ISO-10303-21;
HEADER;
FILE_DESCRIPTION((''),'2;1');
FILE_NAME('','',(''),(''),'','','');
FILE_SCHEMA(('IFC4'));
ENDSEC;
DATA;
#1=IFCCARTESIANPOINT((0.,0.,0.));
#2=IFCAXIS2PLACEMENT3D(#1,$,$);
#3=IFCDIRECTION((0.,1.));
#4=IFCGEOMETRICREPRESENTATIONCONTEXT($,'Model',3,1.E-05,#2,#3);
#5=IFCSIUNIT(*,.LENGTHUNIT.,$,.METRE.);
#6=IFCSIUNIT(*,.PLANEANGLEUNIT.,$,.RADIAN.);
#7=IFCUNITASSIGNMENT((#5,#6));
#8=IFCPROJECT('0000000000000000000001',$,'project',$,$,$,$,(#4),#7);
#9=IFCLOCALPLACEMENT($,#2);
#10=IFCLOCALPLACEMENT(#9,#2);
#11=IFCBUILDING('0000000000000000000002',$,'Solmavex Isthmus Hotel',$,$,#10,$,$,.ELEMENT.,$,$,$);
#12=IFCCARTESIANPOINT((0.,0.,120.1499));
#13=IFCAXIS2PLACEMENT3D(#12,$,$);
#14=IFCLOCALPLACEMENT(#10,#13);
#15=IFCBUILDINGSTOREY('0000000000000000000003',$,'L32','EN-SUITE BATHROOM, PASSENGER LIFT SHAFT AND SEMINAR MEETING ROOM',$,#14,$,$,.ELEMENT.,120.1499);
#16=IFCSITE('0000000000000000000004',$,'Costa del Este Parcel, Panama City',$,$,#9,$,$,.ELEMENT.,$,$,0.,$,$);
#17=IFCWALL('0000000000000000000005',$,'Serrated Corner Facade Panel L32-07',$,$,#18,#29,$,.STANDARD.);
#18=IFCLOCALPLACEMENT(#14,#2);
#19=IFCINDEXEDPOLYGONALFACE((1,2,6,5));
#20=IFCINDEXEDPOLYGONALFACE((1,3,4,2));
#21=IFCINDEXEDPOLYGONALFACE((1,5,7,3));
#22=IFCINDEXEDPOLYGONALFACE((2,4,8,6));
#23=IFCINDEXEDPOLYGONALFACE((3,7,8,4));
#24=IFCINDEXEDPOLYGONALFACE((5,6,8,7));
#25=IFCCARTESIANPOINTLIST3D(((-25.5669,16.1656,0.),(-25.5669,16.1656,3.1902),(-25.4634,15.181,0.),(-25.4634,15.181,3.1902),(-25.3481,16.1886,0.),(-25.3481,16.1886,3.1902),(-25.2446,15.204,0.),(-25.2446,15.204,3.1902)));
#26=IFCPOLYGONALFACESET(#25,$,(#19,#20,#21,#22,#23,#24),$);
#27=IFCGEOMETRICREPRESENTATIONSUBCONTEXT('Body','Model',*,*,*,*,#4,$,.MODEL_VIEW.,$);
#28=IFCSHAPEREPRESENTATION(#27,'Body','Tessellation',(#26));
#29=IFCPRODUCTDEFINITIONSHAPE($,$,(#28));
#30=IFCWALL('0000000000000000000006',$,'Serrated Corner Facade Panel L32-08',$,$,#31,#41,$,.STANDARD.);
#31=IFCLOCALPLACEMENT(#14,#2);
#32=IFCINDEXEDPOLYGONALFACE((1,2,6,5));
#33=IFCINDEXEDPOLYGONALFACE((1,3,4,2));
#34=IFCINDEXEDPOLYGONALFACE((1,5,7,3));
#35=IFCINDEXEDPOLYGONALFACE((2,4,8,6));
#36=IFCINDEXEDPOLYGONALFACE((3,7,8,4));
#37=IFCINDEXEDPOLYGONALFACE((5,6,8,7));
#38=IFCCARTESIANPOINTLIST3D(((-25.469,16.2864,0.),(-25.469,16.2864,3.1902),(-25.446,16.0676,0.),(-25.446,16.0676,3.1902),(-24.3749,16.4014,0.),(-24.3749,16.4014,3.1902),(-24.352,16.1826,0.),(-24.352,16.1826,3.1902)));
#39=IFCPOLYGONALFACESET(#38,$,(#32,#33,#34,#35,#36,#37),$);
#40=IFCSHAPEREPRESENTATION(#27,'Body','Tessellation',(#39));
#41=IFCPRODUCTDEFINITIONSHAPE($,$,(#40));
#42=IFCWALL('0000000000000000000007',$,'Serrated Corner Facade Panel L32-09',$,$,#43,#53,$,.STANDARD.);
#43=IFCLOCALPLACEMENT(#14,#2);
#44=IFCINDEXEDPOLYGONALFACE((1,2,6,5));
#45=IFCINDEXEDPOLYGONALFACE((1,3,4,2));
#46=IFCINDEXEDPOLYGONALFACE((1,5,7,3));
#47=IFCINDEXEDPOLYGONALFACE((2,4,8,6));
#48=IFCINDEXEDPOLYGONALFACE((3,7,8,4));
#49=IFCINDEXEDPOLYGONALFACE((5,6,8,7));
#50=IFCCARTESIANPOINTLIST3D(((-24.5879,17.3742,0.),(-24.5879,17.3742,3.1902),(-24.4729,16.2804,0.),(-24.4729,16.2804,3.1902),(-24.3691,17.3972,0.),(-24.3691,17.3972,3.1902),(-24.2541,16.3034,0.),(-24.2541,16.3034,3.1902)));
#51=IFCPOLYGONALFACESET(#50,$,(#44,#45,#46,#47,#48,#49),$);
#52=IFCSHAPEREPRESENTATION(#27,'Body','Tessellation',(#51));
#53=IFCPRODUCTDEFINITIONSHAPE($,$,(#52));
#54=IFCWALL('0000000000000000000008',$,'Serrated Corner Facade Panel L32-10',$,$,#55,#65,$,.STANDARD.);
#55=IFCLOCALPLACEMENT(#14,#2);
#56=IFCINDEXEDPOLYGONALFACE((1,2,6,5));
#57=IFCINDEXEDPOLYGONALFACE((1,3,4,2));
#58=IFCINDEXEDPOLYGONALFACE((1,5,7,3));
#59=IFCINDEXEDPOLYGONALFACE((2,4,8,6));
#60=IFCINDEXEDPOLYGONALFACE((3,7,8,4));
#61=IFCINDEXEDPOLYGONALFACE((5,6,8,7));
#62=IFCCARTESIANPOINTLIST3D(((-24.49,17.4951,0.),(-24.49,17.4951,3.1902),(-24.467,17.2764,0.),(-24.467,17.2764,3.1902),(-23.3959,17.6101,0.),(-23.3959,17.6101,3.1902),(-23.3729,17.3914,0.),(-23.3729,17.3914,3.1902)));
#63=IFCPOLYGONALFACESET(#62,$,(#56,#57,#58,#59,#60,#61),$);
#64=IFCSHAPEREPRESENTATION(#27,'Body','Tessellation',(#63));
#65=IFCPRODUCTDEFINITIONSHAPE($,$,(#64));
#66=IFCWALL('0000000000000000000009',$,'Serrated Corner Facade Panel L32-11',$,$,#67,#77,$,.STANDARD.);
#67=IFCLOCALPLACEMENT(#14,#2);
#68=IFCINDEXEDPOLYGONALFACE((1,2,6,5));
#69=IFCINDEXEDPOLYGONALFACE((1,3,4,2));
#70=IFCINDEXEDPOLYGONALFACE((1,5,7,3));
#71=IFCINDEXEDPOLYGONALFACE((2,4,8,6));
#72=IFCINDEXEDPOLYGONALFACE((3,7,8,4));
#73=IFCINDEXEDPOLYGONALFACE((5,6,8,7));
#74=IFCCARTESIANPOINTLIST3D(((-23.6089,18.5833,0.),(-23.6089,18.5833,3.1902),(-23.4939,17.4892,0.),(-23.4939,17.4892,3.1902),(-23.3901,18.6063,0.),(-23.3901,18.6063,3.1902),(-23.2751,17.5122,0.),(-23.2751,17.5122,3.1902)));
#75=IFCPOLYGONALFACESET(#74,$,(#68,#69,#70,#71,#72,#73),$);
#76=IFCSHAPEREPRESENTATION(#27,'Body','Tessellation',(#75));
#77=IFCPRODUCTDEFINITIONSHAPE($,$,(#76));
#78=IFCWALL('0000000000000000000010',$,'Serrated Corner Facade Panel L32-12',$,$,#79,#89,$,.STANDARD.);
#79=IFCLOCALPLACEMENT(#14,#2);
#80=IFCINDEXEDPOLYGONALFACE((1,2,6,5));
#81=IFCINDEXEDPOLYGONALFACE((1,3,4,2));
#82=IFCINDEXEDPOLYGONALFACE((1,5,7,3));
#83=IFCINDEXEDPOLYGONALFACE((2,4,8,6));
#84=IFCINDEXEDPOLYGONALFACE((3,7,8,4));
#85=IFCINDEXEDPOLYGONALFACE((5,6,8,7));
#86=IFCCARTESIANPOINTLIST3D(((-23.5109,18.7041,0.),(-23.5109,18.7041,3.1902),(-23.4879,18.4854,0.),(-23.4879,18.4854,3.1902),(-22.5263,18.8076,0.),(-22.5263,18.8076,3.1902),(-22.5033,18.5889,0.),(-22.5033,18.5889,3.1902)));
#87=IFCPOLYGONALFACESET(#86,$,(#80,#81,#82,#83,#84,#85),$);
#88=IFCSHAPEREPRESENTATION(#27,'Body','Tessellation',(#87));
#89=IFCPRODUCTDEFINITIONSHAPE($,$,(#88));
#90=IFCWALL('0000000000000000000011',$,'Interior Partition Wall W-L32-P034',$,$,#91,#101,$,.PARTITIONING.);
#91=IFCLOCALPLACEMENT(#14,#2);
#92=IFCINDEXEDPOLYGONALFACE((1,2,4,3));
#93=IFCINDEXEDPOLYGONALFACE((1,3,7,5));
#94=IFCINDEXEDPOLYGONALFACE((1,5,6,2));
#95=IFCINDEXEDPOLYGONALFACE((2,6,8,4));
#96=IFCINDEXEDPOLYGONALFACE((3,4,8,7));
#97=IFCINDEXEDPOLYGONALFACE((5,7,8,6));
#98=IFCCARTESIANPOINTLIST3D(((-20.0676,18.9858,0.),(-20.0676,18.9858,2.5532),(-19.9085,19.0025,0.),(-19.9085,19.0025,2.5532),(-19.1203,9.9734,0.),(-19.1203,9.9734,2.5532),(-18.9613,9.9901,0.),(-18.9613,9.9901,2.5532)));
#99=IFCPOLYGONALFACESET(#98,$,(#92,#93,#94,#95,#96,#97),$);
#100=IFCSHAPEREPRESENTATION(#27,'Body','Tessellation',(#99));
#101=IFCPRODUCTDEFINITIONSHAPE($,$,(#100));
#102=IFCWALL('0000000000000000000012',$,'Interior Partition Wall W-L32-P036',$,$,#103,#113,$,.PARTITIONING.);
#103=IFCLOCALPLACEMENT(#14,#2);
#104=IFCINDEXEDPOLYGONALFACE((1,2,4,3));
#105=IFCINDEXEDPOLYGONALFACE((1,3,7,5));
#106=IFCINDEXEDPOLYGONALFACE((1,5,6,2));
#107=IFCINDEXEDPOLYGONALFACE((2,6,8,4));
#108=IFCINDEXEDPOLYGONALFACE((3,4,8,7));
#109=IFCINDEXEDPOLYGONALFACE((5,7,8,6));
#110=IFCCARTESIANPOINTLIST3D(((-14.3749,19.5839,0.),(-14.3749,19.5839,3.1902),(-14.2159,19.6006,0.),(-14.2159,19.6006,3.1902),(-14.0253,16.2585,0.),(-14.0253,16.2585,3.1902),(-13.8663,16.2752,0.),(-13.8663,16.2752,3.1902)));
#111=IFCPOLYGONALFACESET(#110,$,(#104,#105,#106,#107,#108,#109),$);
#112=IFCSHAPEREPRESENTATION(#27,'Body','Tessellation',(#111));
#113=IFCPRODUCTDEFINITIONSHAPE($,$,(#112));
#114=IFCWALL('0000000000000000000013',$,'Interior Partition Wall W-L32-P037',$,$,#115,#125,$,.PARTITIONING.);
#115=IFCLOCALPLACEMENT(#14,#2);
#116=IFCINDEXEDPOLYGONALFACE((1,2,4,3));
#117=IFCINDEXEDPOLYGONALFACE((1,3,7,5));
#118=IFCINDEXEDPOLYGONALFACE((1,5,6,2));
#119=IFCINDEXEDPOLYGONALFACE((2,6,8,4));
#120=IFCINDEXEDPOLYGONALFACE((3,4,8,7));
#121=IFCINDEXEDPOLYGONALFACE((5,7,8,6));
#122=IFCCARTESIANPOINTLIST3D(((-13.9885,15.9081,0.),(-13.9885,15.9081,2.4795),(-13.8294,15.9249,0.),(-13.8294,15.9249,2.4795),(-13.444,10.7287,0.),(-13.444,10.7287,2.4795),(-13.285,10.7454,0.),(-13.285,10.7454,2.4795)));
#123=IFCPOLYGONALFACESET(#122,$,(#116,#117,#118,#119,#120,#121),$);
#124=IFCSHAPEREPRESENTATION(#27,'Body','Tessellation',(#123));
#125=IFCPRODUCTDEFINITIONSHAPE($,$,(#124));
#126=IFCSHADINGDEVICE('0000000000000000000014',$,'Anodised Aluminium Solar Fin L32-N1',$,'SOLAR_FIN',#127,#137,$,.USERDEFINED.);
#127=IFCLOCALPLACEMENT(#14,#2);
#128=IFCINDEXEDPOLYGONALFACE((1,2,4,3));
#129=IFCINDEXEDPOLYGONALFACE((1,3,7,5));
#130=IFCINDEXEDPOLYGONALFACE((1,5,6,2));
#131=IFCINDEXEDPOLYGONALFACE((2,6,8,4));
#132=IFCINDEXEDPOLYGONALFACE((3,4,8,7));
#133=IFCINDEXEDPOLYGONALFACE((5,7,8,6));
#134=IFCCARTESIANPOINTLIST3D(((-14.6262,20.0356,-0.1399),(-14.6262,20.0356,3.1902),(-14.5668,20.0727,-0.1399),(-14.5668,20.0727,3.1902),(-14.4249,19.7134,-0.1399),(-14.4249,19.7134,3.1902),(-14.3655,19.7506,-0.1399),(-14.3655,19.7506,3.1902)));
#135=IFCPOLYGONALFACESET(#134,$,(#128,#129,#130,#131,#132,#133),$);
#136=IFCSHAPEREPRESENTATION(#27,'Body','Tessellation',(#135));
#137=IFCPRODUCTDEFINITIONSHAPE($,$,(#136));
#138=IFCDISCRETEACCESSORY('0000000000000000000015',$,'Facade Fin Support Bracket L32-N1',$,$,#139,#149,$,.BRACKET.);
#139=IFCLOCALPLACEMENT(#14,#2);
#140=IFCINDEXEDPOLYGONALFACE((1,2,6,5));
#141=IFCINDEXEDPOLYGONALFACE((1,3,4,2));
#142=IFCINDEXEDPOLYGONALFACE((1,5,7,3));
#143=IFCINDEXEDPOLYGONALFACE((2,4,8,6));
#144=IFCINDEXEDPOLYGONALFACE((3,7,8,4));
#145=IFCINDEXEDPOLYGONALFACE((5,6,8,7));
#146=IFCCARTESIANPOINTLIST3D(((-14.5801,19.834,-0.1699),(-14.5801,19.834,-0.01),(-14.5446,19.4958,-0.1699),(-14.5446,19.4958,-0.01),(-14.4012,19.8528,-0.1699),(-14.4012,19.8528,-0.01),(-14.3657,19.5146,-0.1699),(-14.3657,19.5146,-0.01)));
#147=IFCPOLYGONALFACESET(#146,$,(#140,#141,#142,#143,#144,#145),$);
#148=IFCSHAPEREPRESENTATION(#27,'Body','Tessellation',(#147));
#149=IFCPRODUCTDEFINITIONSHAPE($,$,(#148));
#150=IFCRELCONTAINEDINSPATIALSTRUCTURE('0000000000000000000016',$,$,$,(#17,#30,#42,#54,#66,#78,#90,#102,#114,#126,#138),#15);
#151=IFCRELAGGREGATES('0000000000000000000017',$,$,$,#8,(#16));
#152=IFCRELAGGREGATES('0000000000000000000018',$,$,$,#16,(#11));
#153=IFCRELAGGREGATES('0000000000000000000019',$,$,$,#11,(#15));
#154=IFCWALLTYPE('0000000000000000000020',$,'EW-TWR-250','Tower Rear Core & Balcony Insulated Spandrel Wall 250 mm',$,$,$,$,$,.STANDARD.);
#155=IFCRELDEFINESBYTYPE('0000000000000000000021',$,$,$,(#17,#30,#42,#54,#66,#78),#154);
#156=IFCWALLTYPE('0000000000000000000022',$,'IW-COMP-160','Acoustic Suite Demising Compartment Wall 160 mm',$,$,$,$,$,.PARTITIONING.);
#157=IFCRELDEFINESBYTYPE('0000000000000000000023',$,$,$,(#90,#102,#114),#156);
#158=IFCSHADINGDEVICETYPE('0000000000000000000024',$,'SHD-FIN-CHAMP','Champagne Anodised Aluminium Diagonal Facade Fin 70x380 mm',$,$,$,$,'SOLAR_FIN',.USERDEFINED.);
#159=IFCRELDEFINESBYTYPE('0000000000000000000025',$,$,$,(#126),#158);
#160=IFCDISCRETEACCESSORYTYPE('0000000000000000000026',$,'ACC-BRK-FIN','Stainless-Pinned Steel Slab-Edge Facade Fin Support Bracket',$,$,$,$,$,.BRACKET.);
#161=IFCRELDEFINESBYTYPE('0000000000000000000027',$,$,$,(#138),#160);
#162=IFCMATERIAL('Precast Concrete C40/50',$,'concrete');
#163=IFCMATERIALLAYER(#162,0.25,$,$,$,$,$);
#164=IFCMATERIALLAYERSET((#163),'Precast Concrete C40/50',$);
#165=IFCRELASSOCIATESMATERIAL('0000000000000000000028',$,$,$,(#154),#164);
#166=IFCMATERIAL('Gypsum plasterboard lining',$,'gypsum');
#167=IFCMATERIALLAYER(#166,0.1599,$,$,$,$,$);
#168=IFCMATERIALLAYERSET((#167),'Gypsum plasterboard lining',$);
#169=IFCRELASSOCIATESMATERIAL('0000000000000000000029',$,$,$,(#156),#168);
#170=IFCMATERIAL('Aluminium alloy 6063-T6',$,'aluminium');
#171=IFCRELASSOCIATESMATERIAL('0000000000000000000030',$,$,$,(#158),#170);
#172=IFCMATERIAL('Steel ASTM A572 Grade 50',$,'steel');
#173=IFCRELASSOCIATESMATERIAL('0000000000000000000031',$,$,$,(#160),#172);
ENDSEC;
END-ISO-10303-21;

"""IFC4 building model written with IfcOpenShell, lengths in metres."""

from ifc_helpers import new_model, si_unit, direction, frame, frame_2d, origin, origin_2d, place, context, subcontext, project, spatial, rectangle, extrude, material, layer, layer_set, type_object, element, save


model = new_model("IFC4")

# Units and contexts
model_context = context("Model", 3, precision=1e-05, world=origin(), true_north=direction((0.0, 1.0)))
body_context = subcontext(model_context, "Body", "Model", "MODEL_VIEW")
ifc_project = project(units=[si_unit("LENGTHUNIT", "METRE"), si_unit("PLANEANGLEUNIT", "RADIAN")], contexts=[model_context])

# Site, building, storey
site_placement = place(None, origin())
site = spatial("IfcSite", under=ifc_project, at=site_placement, Name="Costa del Este Parcel, Panama City", CompositionType="ELEMENT", RefElevation=0.0)
building_placement = place(site_placement, origin())
building = spatial("IfcBuilding", under=site, at=building_placement, Name="Solmavex Isthmus Hotel", CompositionType="ELEMENT")
storey_placement = place(building_placement, frame((0.0, 0.0, 120.1499)))
storey = spatial("IfcBuildingStorey", under=building, at=storey_placement, Name="L32", Description="EN-SUITE BATHROOM, PASSENGER LIFT SHAFT AND SEMINAR MEETING ROOM", CompositionType="ELEMENT", Elevation=120.1499)

# Shared definitions
ifc_material_1 = material(Name="Aluminium alloy 6063-T6", Category="aluminium")

# Walls
ifc_material_2 = material(Name="Precast Concrete C40/50", Category="concrete")
ifc_layer_1 = layer(ifc_material_2, 0.25)
ifc_layer_set_1 = layer_set([ifc_layer_1], Name="Precast Concrete C40/50")
wall_type_1 = type_object("IfcWallType", Name="EW-TWR-250", Description="Tower Rear Core & Balcony Insulated Spandrel Wall 250 mm", PredefinedType="STANDARD", material=ifc_layer_set_1)
wall_1_placement = place(storey_placement, frame((-25.354, 15.1924, 0.0), z_axis=(0.0, 0.0, 1.0), x_axis=(-0.104556, 0.994519, 0.0)))
element("IfcWall", 1, at=wall_1_placement, inside=storey, type_object=wall_type_1, Name="Serrated Corner Facade Panel L32-07", PredefinedType="STANDARD", context=body_context, shape_type="SweptSolid", body=[
    extrude(rectangle(XDim=0.99, YDim=0.22, at=frame_2d((0.4951, 0.0))), origin(), (0.0, 0.0, 1.0), 3.1902),
])
wall_2_placement = place(storey_placement, frame((-25.4575, 16.177, 0.0), z_axis=(0.0, 0.0, 1.0), x_axis=(0.994521, 0.104535, 0.0)))
element("IfcWall", 2, at=wall_2_placement, inside=storey, type_object=wall_type_1, Name="Serrated Corner Facade Panel L32-08", PredefinedType="STANDARD", context=body_context, shape_type="SweptSolid", body=[
    extrude(rectangle(XDim=1.1001, YDim=0.22, at=frame_2d((0.55, 0.0))), origin(), (0.0, 0.0, 1.0), 3.1902),
])
wall_3_placement = place(storey_placement, frame((-24.3635, 16.292, 0.0), z_axis=(0.0, 0.0, 1.0), x_axis=(-0.104558, 0.994519, 0.0)))
element("IfcWall", 3, at=wall_3_placement, inside=storey, type_object=wall_type_1, Name="Serrated Corner Facade Panel L32-09", PredefinedType="STANDARD", context=body_context, shape_type="SweptSolid", body=[
    extrude(rectangle(XDim=1.0999, YDim=0.22, at=frame_2d((0.5498, 0.0))), origin(), (0.0, 0.0, 1.0), 3.1902),
])
for number, where, z_axis, x_axis, name in (
    (4, (-24.4785, 17.3857, 0.0), (0.0, 0.0, 1.0), (0.994521, 0.104535, 0.0), "Serrated Corner Facade Panel L32-10"),
    (5, (-23.3845, 17.5007, 0.0), (0.0, 0.0, 1.0), (-0.104535, 0.994521, 0.0), "Serrated Corner Facade Panel L32-11"),
):
    element("IfcWall", number, at=place(storey_placement, frame(where, z_axis=z_axis, x_axis=x_axis)), inside=storey, type_object=wall_type_1, Name=name, PredefinedType="STANDARD", context=body_context, shape_type="SweptSolid", body=[
        extrude(rectangle(XDim=1.1001, YDim=0.22, at=frame_2d((0.55, 0.0))), origin(), (0.0, 0.0, 1.0), 3.1902),
    ])
wall_4_placement = place(storey_placement, frame((-23.4995, 18.5947, 0.0), z_axis=(0.0, 0.0, 1.0), x_axis=(0.994519, 0.104556, 0.0)))
element("IfcWall", 6, at=wall_4_placement, inside=storey, type_object=wall_type_1, Name="Serrated Corner Facade Panel L32-12", PredefinedType="STANDARD", context=body_context, shape_type="SweptSolid", body=[
    extrude(rectangle(XDim=0.99, YDim=0.22, at=frame_2d((0.4951, 0.0))), origin(), (0.0, 0.0, 1.0), 3.1902),
])
ifc_material_3 = material(Name="Gypsum plasterboard lining", Category="gypsum")
ifc_layer_2 = layer(ifc_material_3, 0.1599)
ifc_layer_set_2 = layer_set([ifc_layer_2], Name="Gypsum plasterboard lining")
wall_type_2 = type_object("IfcWallType", Name="IW-COMP-160", Description="Acoustic Suite Demising Compartment Wall 160 mm", PredefinedType="PARTITIONING", material=ifc_layer_set_2)
wall_5_placement = place(storey_placement, frame((-19.988, 18.9941, 0.0), z_axis=(0.0, 0.0, 1.0), x_axis=(0.104531, -0.994522, 0.0)))
element("IfcWall", 7, at=wall_5_placement, inside=storey, type_object=wall_type_2, Name="Interior Partition Wall W-L32-P034", PredefinedType="PARTITIONING", context=body_context, shape_type="SweptSolid", body=[
    extrude(rectangle(XDim=9.062, YDim=0.1599, at=frame_2d((4.531, 0.0))), origin(), (0.0, 0.0, 1.0), 2.5532),
])
wall_6_placement = place(storey_placement, frame((-14.2954, 19.5923, 0.0), z_axis=(0.0, 0.0, 1.0), x_axis=(0.104556, -0.994519, 0.0)))
element("IfcWall", 8, at=wall_6_placement, inside=storey, type_object=wall_type_2, Name="Interior Partition Wall W-L32-P036", PredefinedType="PARTITIONING", context=body_context, shape_type="SweptSolid", body=[
    extrude(rectangle(XDim=3.3438, YDim=0.1599, at=frame_2d((1.6719, 0.0))), origin(), (0.0, 0.0, 1.0), 3.1902),
])
wall_7_placement = place(storey_placement, frame((-13.9089, 15.9165, 0.0), z_axis=(0.0, 0.0, 1.0), x_axis=(0.104538, -0.994521, 0.0)))
element("IfcWall", 9, at=wall_7_placement, inside=storey, type_object=wall_type_2, Name="Interior Partition Wall W-L32-P037", PredefinedType="PARTITIONING", context=body_context, shape_type="SweptSolid", body=[
    extrude(rectangle(XDim=5.208, YDim=0.1599, at=frame_2d((2.604, 0.0))), origin(), (0.0, 0.0, 1.0), 2.4795),
])

# Shading device
shading_device_type = type_object("IfcShadingDeviceType", Name="SHD-FIN-CHAMP", Description="Champagne Anodised Aluminium Diagonal Facade Fin 70x380 mm", ElementType="SOLAR_FIN", PredefinedType="USERDEFINED", material=ifc_material_1)
shading_device_placement = place(storey_placement, frame((-14.4958, 19.8931, -0.1399), z_axis=(0.0, 0.0, 1.0), x_axis=(-0.529919, 0.848048, 0.0)))
element("IfcShadingDevice", 10, at=shading_device_placement, inside=storey, type_object=shading_device_type, Name="Anodised Aluminium Solar Fin L32-N1", ObjectType="SOLAR_FIN", PredefinedType="USERDEFINED", context=body_context, shape_type="SweptSolid", body=[
    extrude(rectangle(XDim=0.3799, YDim=0.0701, at=origin_2d()), origin(), (0.0, 0.0, 1.0), 3.3301),
])

# Discrete accessory
ifc_material_4 = material(Name="Steel ASTM A572 Grade 50", Category="steel")
discrete_accessory_type = type_object("IfcDiscreteAccessoryType", Name="ACC-BRK-FIN", Description="Stainless-Pinned Steel Slab-Edge Facade Fin Support Bracket", PredefinedType="BRACKET", material=ifc_material_4)
discrete_accessory_placement = place(storey_placement, frame((-14.4729, 19.6743, -0.1699), z_axis=(0.0, 0.0, 1.0), x_axis=(-0.104528, 0.994522, 0.0)))
element("IfcDiscreteAccessory", 11, at=discrete_accessory_placement, inside=storey, type_object=discrete_accessory_type, Name="Facade Fin Support Bracket L32-N1", PredefinedType="BRACKET", context=body_context, shape_type="SweptSolid", body=[
    extrude(rectangle(XDim=0.3401, YDim=0.1799, at=origin_2d()), origin(), (0.0, 0.0, 1.0), 0.1599),
])

save(model, "model.ifc")
